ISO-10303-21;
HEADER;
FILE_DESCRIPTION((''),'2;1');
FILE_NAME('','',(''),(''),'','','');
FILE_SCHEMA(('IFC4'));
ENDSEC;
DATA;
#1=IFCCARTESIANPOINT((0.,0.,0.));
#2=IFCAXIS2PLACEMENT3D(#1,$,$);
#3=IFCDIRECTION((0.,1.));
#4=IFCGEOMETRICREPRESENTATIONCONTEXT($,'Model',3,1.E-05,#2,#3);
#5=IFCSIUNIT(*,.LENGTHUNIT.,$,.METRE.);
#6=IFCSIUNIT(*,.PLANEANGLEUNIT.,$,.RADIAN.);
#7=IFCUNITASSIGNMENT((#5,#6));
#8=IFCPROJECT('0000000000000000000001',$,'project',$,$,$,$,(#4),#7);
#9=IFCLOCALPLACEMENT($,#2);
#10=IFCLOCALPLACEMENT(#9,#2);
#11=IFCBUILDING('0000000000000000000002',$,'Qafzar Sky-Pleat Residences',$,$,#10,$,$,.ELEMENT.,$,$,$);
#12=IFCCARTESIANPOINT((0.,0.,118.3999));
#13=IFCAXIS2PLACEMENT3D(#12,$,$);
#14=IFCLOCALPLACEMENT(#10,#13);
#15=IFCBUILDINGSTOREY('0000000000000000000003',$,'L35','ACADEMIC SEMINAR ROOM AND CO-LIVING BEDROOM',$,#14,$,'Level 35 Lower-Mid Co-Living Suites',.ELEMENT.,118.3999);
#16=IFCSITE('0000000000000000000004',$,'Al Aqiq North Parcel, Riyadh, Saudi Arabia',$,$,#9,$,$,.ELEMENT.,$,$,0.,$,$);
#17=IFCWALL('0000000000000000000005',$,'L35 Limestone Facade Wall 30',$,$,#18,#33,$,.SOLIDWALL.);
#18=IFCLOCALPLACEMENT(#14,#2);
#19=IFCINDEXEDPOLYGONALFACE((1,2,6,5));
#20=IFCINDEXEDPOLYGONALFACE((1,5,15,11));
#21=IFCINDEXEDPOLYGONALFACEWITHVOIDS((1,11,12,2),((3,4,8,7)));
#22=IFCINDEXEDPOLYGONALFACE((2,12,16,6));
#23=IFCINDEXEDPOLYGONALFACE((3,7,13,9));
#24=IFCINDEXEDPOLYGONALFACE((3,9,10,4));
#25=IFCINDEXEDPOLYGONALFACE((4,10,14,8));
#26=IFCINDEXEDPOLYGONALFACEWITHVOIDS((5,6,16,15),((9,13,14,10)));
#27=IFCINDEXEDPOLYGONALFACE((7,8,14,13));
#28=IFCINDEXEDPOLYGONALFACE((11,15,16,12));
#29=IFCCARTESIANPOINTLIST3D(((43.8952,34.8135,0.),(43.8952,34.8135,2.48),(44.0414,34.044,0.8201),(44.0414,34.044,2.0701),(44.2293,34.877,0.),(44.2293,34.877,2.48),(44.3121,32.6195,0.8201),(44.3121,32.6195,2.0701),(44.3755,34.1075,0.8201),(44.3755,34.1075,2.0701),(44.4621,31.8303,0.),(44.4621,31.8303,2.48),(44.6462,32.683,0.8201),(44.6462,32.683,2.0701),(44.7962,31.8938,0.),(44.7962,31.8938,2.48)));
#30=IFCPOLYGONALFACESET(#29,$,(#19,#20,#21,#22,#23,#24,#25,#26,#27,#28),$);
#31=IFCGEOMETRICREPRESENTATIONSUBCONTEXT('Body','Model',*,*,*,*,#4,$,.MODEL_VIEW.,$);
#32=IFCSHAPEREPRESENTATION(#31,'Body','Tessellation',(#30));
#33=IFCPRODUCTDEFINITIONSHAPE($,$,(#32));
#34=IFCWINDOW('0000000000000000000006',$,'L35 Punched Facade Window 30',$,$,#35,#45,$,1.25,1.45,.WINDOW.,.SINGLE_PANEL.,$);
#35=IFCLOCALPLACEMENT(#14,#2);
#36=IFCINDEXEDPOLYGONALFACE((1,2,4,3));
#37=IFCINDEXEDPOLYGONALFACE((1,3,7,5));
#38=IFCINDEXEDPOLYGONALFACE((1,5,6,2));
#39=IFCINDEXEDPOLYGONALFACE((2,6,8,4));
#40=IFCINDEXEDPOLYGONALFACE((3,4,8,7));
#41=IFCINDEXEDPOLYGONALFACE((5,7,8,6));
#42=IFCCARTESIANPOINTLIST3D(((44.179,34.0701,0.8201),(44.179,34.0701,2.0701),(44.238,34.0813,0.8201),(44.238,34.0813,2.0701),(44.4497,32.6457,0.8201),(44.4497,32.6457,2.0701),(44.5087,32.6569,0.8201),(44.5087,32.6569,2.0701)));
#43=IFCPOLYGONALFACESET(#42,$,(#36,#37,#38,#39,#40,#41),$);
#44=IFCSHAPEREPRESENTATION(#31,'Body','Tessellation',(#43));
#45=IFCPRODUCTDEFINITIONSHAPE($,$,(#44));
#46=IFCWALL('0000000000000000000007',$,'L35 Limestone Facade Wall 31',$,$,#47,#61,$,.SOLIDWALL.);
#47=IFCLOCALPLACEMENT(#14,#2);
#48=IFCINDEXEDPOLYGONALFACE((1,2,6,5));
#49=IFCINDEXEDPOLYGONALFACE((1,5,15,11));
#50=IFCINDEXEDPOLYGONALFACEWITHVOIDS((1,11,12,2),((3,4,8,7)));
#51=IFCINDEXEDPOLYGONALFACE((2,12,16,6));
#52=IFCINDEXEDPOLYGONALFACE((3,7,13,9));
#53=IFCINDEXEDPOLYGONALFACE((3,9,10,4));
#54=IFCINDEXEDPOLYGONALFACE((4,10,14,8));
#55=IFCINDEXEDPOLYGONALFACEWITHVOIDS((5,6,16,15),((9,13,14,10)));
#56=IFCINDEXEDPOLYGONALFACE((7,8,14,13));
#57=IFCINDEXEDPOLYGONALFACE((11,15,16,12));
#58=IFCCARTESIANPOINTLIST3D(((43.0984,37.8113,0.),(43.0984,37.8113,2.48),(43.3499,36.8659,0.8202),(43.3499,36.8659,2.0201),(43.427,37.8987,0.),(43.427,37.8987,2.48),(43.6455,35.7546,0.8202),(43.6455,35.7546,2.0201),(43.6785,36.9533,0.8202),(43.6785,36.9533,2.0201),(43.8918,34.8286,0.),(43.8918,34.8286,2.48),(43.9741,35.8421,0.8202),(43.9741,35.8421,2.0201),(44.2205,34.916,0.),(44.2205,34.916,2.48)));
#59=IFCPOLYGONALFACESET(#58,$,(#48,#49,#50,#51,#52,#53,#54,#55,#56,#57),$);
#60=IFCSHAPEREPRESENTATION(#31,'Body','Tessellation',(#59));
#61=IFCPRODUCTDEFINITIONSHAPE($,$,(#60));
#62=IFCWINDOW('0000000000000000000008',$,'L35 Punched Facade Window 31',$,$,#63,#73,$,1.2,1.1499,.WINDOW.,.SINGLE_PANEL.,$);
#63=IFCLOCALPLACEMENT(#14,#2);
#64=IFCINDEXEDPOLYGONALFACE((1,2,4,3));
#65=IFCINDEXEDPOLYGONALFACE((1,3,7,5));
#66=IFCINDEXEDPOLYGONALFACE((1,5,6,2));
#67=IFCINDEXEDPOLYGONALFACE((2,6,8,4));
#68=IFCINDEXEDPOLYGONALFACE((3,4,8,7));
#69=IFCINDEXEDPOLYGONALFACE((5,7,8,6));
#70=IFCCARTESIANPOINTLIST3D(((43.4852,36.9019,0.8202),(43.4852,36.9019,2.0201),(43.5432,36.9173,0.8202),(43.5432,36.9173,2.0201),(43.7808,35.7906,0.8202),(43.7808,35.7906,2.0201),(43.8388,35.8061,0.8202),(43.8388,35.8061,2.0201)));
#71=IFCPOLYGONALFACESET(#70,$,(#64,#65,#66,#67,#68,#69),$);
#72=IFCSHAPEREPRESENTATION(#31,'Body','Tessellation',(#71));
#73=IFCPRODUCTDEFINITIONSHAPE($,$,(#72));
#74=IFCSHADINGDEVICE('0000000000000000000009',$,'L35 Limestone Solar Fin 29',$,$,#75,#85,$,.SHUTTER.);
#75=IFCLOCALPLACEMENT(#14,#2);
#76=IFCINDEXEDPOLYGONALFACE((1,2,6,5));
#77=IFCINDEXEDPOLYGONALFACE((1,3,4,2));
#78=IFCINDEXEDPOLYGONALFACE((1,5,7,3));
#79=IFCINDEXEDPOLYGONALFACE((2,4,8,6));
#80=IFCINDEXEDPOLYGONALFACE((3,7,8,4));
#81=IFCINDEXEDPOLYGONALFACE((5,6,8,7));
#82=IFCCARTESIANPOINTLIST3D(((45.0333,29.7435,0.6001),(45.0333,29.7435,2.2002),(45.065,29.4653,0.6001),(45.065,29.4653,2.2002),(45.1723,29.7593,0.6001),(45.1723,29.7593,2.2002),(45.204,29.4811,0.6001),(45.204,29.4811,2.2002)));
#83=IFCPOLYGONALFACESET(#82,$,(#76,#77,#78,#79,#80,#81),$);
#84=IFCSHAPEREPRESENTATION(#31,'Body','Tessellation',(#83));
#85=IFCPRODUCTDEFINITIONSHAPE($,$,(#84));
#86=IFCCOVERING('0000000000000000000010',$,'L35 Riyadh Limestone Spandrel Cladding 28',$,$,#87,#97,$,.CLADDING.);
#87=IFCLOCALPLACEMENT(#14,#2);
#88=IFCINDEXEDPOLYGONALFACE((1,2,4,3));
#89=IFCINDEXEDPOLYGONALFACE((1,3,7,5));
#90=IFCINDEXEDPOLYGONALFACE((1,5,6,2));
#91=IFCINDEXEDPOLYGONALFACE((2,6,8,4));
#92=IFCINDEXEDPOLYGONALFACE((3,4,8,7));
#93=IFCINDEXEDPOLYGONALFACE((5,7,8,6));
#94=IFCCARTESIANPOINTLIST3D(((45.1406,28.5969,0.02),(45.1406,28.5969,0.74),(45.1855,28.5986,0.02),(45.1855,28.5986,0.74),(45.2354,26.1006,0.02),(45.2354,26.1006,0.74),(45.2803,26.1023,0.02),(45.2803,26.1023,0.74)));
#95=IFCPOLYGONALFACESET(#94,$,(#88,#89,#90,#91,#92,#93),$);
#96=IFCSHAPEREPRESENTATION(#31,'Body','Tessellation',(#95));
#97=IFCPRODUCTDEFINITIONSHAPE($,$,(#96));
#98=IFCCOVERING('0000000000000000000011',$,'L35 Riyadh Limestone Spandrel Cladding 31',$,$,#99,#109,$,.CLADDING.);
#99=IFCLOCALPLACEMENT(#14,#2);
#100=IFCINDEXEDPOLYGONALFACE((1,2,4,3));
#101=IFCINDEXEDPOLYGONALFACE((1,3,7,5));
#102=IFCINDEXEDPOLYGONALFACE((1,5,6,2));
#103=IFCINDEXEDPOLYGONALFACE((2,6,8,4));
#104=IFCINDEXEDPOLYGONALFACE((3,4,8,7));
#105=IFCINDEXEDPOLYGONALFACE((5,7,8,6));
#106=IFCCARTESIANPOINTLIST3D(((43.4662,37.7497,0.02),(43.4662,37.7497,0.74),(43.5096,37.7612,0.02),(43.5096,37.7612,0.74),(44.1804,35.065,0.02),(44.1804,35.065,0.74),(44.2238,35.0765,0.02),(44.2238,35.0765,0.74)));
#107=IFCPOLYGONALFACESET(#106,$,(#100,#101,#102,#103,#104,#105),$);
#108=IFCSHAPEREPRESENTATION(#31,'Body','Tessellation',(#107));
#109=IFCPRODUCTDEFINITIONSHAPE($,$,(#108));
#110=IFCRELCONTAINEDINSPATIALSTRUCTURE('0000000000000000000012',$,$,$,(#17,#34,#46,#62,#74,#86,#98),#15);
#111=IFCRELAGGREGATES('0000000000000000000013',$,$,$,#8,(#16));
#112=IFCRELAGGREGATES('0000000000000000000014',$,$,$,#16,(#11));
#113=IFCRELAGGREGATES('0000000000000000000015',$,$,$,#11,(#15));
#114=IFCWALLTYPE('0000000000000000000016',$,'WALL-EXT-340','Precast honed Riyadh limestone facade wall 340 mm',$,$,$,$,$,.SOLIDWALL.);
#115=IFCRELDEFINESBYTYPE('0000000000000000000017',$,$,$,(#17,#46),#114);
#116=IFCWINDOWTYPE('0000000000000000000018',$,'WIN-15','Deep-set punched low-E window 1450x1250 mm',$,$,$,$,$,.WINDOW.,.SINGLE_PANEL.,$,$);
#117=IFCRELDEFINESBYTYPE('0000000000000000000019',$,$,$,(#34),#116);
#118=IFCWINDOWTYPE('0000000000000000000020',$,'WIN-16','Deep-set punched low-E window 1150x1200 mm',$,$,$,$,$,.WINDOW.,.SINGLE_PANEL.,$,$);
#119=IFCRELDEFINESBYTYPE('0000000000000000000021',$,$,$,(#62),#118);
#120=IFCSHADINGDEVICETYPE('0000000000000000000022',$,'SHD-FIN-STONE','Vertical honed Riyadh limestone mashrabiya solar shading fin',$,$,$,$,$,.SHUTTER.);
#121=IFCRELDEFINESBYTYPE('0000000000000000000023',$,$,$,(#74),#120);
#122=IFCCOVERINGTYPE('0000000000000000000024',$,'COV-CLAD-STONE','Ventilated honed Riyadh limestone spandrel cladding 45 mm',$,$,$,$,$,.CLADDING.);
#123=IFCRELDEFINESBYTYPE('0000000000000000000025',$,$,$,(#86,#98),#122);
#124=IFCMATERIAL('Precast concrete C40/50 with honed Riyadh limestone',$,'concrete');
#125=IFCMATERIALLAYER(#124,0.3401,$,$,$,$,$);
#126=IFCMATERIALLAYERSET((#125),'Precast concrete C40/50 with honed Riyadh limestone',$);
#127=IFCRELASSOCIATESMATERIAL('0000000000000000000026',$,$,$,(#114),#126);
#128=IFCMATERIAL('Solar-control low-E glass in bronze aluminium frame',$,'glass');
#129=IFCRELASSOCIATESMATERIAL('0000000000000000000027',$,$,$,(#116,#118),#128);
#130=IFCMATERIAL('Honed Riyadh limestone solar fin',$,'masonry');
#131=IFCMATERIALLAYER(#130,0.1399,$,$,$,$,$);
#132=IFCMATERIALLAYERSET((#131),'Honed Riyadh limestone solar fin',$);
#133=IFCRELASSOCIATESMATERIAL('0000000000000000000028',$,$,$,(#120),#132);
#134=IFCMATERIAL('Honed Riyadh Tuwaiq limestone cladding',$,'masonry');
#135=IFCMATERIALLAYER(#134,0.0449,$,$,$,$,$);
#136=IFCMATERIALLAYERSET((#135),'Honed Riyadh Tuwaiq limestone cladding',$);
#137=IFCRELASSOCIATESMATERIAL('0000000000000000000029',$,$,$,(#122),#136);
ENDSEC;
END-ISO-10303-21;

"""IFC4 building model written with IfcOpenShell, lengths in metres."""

from ifc_helpers import new_model, si_unit, direction, frame, frame_2d, origin, origin_2d, place, context, subcontext, project, spatial, rectangle, extrude, source, transform, mapped, material, layer, layer_set, type_object, element, fill, save


model = new_model("IFC4")

# Units and contexts
model_context = context("Model", 3, precision=1e-05, world=origin(), true_north=direction((0.0, 1.0)))
body_context = subcontext(model_context, "Body", "Model", "MODEL_VIEW")
ifc_project = project(units=[si_unit("LENGTHUNIT", "METRE"), si_unit("PLANEANGLEUNIT", "RADIAN")], contexts=[model_context])

# Site, building, storey
site_placement = place(None, origin())
site = spatial("IfcSite", under=ifc_project, at=site_placement, Name="Al Aqiq North Parcel, Riyadh, Saudi Arabia", CompositionType="ELEMENT", RefElevation=0.0)
building_placement = place(site_placement, origin())
building = spatial("IfcBuilding", under=site, at=building_placement, Name="Qafzar Sky-Pleat Residences", CompositionType="ELEMENT")
storey_placement = place(building_placement, frame((0.0, 0.0, 118.3999)))
storey = spatial("IfcBuildingStorey", under=building, at=storey_placement, Name="L35", Description="ACADEMIC SEMINAR ROOM AND CO-LIVING BEDROOM", LongName="Level 35 Lower-Mid Co-Living Suites", CompositionType="ELEMENT", Elevation=118.3999)

# Walls, openings, windows
ifc_material_1 = material(Name="Precast concrete C40/50 with honed Riyadh limestone", Category="concrete")
ifc_layer_1 = layer(ifc_material_1, 0.3401)
ifc_layer_set_1 = layer_set([ifc_layer_1], Name="Precast concrete C40/50 with honed Riyadh limestone")
wall_type_1 = type_object("IfcWallType", Name="WALL-EXT-340", Description="Precast honed Riyadh limestone facade wall 340 mm", PredefinedType="SOLIDWALL", material=ifc_layer_set_1)
ifc_material_2 = material(Name="Solar-control low-E glass in bronze aluminium frame", Category="glass")
window_type_1 = type_object("IfcWindowType", Name="WIN-15", Description="Deep-set punched low-E window 1450x1250 mm", PartitioningType="SINGLE_PANEL", PredefinedType="WINDOW", material=ifc_material_2)
shared_shape_1 = source(origin(), body_context, "Body", "SweptSolid", [
    extrude(rectangle(XDim=1.45, YDim=1.25, at=frame_2d((0.7251, 0.625))), frame((0.0, 0.03, 0.0), z_axis=(0.0, -1.0, 0.0), x_axis=(1.0, 0.0, 0.0)), (0.0, 0.0, 1.0), 0.0601),
])
wall_1_placement = place(storey_placement, frame((44.6292, 31.8621, 0.0), z_axis=(0.0, 0.0, 1.0), x_axis=(-0.186691, 0.982419, 0.0)))
wall_1 = element("IfcWall", 1, at=wall_1_placement, inside=storey, type_object=wall_type_1, Name="L35 Limestone Facade Wall 30", PredefinedType="SOLIDWALL", context=body_context, shape_type="SweptSolid", body=[
    extrude(rectangle(XDim=3.0366, YDim=0.3401, at=frame_2d((1.5183, 0.0))), origin(), (0.0, 0.0, 1.0), 2.48),
])
opening_1_placement = place(wall_1_placement, frame((0.8032, 0.0, 0.8201)))
opening_1 = element("IfcOpeningElement", 2, at=opening_1_placement, cuts=wall_1, PredefinedType="OPENING", context=body_context, shape_type="SweptSolid", body=[
    extrude(rectangle(XDim=1.45, YDim=1.25, at=frame_2d((0.7251, 0.625))), frame((0.0, 0.1802, 0.0), z_axis=(0.0, -1.0, 0.0), x_axis=(1.0, 0.0, 0.0)), (0.0, 0.0, 1.0), 0.3601),
])
window_1_placement = place(opening_1_placement, origin())
window_1 = element("IfcWindow", 3, at=window_1_placement, inside=storey, type_object=window_type_1, Name="L35 Punched Facade Window 30", OverallHeight=1.25, OverallWidth=1.45, PartitioningType="SINGLE_PANEL", PredefinedType="WINDOW", context=body_context, shape_type="MappedRepresentation", body=[
    mapped(shared_shape_1, transform((0.0, 0.0, 0.0), x_axis=(1.0, 0.0, 0.0), y_axis=(0.0, 1.0, 0.0), z_axis=(0.0, 0.0, 1.0), scale=1.0)),
])
fill(opening_1, window_1)
wall_2_placement = place(storey_placement, frame((44.0562, 34.8723, 0.0), z_axis=(0.0, 0.0, 1.0), x_axis=(-0.257082, 0.96639, 0.0)))
wall_2 = element("IfcWall", 4, at=wall_2_placement, inside=storey, type_object=wall_type_1, Name="L35 Limestone Facade Wall 31", PredefinedType="SOLIDWALL", context=body_context, shape_type="SweptSolid", body=[
    extrude(rectangle(XDim=3.0864, YDim=0.3401, at=frame_2d((1.5432, 0.0))), origin(), (0.0, 0.0, 1.0), 2.48),
])
opening_2_placement = place(wall_2_placement, frame((0.9583, 0.0, 0.8201)))
opening_2 = element("IfcOpeningElement", 5, at=opening_2_placement, cuts=wall_2, PredefinedType="OPENING", context=body_context, shape_type="SweptSolid", body=[
    extrude(rectangle(XDim=1.1499, YDim=1.2, at=frame_2d((0.575, 0.6001))), frame((0.0, 0.1802, 0.0), z_axis=(0.0, -1.0, 0.0), x_axis=(1.0, 0.0, 0.0)), (0.0, 0.0, 1.0), 0.3601),
])
window_type_2 = type_object("IfcWindowType", Name="WIN-16", Description="Deep-set punched low-E window 1150x1200 mm", PartitioningType="SINGLE_PANEL", PredefinedType="WINDOW", material=ifc_material_2)
shared_shape_2 = source(origin(), body_context, "Body", "SweptSolid", [
    extrude(rectangle(XDim=1.1499, YDim=1.2, at=frame_2d((0.575, 0.6001))), frame((0.0, 0.03, 0.0), z_axis=(0.0, -1.0, 0.0), x_axis=(1.0, 0.0, 0.0)), (0.0, 0.0, 1.0), 0.0601),
])
window_2_placement = place(opening_2_placement, origin())
window_2 = element("IfcWindow", 6, at=window_2_placement, inside=storey, type_object=window_type_2, Name="L35 Punched Facade Window 31", OverallHeight=1.2, OverallWidth=1.1499, PartitioningType="SINGLE_PANEL", PredefinedType="WINDOW", context=body_context, shape_type="MappedRepresentation", body=[
    mapped(shared_shape_2, transform((0.0, 0.0, 0.0), x_axis=(1.0, 0.0, 0.0), y_axis=(0.0, 1.0, 0.0), z_axis=(0.0, 0.0, 1.0), scale=1.0)),
])
fill(opening_2, window_2)

# Shading device
ifc_material_3 = material(Name="Honed Riyadh limestone solar fin", Category="masonry")
ifc_layer_2 = layer(ifc_material_3, 0.1399)
ifc_layer_set_2 = layer_set([ifc_layer_2], Name="Honed Riyadh limestone solar fin")
shading_device_type = type_object("IfcShadingDeviceType", Name="SHD-FIN-STONE", Description="Vertical honed Riyadh limestone mashrabiya solar shading fin", PredefinedType="SHUTTER", material=ifc_layer_set_2)
shared_shape_3 = source(origin(), body_context, "Body", "SweptSolid", [
    extrude(rectangle(XDim=0.1399, YDim=0.28, at=origin_2d()), origin(), (0.0, 0.0, 1.0), 1.6001),
])
shading_device_placement = place(storey_placement, frame((45.1187, 29.6123, 0.6001), z_axis=(0.0, 0.0, 1.0), x_axis=(0.993564, 0.113274, 0.0)))
element("IfcShadingDevice", 7, at=shading_device_placement, inside=storey, type_object=shading_device_type, Name="L35 Limestone Solar Fin 29", PredefinedType="SHUTTER", context=body_context, shape_type="MappedRepresentation", body=[
    mapped(shared_shape_3, transform((0.0, 0.0, 0.0), x_axis=(1.0, 0.0, 0.0), y_axis=(0.0, 1.0, 0.0), z_axis=(0.0, 0.0, 1.0), scale=1.0)),
])

# Coverings
ifc_material_4 = material(Name="Honed Riyadh Tuwaiq limestone cladding", Category="masonry")
ifc_layer_3 = layer(ifc_material_4, 0.0449)
ifc_layer_set_3 = layer_set([ifc_layer_3], Name="Honed Riyadh Tuwaiq limestone cladding")
covering_type = type_object("IfcCoveringType", Name="COV-CLAD-STONE", Description="Ventilated honed Riyadh limestone spandrel cladding 45 mm", PredefinedType="CLADDING", material=ifc_layer_set_3)
shared_shape_4 = source(origin(), body_context, "Body", "SweptSolid", [
    extrude(rectangle(XDim=2.498, YDim=0.0449, at=origin_2d()), origin(), (0.0, 0.0, 1.0), 0.72),
])
covering_1_placement = place(storey_placement, frame((45.2104, 27.3496, 0.02), z_axis=(0.0, 0.0, 1.0), x_axis=(-0.037974, 0.999279, 0.0)))
element("IfcCovering", 8, at=covering_1_placement, inside=storey, type_object=covering_type, Name="L35 Riyadh Limestone Spandrel Cladding 28", PredefinedType="CLADDING", context=body_context, shape_type="MappedRepresentation", body=[
    mapped(shared_shape_4, transform((0.0, 0.0, 0.0), x_axis=(1.0, 0.0, 0.0), y_axis=(0.0, 1.0, 0.0), z_axis=(0.0, 0.0, 1.0), scale=1.0)),
])
shared_shape_5 = source(origin(), body_context, "Body", "SweptSolid", [
    extrude(rectangle(XDim=2.7781, YDim=0.0449, at=origin_2d()), origin(), (0.0, 0.0, 1.0), 0.72),
])
covering_2_placement = place(storey_placement, frame((43.845, 36.4131, 0.02), z_axis=(0.0, 0.0, 1.0), x_axis=(-0.257076, 0.966391, 0.0)))
element("IfcCovering", 9, at=covering_2_placement, inside=storey, type_object=covering_type, Name="L35 Riyadh Limestone Spandrel Cladding 31", PredefinedType="CLADDING", context=body_context, shape_type="MappedRepresentation", body=[
    mapped(shared_shape_5, transform((0.0, 0.0, 0.0), x_axis=(1.0, 0.0, 0.0), y_axis=(0.0, 1.0, 0.0), z_axis=(0.0, 0.0, 1.0), scale=1.0)),
])

save(model, "model.ifc")
